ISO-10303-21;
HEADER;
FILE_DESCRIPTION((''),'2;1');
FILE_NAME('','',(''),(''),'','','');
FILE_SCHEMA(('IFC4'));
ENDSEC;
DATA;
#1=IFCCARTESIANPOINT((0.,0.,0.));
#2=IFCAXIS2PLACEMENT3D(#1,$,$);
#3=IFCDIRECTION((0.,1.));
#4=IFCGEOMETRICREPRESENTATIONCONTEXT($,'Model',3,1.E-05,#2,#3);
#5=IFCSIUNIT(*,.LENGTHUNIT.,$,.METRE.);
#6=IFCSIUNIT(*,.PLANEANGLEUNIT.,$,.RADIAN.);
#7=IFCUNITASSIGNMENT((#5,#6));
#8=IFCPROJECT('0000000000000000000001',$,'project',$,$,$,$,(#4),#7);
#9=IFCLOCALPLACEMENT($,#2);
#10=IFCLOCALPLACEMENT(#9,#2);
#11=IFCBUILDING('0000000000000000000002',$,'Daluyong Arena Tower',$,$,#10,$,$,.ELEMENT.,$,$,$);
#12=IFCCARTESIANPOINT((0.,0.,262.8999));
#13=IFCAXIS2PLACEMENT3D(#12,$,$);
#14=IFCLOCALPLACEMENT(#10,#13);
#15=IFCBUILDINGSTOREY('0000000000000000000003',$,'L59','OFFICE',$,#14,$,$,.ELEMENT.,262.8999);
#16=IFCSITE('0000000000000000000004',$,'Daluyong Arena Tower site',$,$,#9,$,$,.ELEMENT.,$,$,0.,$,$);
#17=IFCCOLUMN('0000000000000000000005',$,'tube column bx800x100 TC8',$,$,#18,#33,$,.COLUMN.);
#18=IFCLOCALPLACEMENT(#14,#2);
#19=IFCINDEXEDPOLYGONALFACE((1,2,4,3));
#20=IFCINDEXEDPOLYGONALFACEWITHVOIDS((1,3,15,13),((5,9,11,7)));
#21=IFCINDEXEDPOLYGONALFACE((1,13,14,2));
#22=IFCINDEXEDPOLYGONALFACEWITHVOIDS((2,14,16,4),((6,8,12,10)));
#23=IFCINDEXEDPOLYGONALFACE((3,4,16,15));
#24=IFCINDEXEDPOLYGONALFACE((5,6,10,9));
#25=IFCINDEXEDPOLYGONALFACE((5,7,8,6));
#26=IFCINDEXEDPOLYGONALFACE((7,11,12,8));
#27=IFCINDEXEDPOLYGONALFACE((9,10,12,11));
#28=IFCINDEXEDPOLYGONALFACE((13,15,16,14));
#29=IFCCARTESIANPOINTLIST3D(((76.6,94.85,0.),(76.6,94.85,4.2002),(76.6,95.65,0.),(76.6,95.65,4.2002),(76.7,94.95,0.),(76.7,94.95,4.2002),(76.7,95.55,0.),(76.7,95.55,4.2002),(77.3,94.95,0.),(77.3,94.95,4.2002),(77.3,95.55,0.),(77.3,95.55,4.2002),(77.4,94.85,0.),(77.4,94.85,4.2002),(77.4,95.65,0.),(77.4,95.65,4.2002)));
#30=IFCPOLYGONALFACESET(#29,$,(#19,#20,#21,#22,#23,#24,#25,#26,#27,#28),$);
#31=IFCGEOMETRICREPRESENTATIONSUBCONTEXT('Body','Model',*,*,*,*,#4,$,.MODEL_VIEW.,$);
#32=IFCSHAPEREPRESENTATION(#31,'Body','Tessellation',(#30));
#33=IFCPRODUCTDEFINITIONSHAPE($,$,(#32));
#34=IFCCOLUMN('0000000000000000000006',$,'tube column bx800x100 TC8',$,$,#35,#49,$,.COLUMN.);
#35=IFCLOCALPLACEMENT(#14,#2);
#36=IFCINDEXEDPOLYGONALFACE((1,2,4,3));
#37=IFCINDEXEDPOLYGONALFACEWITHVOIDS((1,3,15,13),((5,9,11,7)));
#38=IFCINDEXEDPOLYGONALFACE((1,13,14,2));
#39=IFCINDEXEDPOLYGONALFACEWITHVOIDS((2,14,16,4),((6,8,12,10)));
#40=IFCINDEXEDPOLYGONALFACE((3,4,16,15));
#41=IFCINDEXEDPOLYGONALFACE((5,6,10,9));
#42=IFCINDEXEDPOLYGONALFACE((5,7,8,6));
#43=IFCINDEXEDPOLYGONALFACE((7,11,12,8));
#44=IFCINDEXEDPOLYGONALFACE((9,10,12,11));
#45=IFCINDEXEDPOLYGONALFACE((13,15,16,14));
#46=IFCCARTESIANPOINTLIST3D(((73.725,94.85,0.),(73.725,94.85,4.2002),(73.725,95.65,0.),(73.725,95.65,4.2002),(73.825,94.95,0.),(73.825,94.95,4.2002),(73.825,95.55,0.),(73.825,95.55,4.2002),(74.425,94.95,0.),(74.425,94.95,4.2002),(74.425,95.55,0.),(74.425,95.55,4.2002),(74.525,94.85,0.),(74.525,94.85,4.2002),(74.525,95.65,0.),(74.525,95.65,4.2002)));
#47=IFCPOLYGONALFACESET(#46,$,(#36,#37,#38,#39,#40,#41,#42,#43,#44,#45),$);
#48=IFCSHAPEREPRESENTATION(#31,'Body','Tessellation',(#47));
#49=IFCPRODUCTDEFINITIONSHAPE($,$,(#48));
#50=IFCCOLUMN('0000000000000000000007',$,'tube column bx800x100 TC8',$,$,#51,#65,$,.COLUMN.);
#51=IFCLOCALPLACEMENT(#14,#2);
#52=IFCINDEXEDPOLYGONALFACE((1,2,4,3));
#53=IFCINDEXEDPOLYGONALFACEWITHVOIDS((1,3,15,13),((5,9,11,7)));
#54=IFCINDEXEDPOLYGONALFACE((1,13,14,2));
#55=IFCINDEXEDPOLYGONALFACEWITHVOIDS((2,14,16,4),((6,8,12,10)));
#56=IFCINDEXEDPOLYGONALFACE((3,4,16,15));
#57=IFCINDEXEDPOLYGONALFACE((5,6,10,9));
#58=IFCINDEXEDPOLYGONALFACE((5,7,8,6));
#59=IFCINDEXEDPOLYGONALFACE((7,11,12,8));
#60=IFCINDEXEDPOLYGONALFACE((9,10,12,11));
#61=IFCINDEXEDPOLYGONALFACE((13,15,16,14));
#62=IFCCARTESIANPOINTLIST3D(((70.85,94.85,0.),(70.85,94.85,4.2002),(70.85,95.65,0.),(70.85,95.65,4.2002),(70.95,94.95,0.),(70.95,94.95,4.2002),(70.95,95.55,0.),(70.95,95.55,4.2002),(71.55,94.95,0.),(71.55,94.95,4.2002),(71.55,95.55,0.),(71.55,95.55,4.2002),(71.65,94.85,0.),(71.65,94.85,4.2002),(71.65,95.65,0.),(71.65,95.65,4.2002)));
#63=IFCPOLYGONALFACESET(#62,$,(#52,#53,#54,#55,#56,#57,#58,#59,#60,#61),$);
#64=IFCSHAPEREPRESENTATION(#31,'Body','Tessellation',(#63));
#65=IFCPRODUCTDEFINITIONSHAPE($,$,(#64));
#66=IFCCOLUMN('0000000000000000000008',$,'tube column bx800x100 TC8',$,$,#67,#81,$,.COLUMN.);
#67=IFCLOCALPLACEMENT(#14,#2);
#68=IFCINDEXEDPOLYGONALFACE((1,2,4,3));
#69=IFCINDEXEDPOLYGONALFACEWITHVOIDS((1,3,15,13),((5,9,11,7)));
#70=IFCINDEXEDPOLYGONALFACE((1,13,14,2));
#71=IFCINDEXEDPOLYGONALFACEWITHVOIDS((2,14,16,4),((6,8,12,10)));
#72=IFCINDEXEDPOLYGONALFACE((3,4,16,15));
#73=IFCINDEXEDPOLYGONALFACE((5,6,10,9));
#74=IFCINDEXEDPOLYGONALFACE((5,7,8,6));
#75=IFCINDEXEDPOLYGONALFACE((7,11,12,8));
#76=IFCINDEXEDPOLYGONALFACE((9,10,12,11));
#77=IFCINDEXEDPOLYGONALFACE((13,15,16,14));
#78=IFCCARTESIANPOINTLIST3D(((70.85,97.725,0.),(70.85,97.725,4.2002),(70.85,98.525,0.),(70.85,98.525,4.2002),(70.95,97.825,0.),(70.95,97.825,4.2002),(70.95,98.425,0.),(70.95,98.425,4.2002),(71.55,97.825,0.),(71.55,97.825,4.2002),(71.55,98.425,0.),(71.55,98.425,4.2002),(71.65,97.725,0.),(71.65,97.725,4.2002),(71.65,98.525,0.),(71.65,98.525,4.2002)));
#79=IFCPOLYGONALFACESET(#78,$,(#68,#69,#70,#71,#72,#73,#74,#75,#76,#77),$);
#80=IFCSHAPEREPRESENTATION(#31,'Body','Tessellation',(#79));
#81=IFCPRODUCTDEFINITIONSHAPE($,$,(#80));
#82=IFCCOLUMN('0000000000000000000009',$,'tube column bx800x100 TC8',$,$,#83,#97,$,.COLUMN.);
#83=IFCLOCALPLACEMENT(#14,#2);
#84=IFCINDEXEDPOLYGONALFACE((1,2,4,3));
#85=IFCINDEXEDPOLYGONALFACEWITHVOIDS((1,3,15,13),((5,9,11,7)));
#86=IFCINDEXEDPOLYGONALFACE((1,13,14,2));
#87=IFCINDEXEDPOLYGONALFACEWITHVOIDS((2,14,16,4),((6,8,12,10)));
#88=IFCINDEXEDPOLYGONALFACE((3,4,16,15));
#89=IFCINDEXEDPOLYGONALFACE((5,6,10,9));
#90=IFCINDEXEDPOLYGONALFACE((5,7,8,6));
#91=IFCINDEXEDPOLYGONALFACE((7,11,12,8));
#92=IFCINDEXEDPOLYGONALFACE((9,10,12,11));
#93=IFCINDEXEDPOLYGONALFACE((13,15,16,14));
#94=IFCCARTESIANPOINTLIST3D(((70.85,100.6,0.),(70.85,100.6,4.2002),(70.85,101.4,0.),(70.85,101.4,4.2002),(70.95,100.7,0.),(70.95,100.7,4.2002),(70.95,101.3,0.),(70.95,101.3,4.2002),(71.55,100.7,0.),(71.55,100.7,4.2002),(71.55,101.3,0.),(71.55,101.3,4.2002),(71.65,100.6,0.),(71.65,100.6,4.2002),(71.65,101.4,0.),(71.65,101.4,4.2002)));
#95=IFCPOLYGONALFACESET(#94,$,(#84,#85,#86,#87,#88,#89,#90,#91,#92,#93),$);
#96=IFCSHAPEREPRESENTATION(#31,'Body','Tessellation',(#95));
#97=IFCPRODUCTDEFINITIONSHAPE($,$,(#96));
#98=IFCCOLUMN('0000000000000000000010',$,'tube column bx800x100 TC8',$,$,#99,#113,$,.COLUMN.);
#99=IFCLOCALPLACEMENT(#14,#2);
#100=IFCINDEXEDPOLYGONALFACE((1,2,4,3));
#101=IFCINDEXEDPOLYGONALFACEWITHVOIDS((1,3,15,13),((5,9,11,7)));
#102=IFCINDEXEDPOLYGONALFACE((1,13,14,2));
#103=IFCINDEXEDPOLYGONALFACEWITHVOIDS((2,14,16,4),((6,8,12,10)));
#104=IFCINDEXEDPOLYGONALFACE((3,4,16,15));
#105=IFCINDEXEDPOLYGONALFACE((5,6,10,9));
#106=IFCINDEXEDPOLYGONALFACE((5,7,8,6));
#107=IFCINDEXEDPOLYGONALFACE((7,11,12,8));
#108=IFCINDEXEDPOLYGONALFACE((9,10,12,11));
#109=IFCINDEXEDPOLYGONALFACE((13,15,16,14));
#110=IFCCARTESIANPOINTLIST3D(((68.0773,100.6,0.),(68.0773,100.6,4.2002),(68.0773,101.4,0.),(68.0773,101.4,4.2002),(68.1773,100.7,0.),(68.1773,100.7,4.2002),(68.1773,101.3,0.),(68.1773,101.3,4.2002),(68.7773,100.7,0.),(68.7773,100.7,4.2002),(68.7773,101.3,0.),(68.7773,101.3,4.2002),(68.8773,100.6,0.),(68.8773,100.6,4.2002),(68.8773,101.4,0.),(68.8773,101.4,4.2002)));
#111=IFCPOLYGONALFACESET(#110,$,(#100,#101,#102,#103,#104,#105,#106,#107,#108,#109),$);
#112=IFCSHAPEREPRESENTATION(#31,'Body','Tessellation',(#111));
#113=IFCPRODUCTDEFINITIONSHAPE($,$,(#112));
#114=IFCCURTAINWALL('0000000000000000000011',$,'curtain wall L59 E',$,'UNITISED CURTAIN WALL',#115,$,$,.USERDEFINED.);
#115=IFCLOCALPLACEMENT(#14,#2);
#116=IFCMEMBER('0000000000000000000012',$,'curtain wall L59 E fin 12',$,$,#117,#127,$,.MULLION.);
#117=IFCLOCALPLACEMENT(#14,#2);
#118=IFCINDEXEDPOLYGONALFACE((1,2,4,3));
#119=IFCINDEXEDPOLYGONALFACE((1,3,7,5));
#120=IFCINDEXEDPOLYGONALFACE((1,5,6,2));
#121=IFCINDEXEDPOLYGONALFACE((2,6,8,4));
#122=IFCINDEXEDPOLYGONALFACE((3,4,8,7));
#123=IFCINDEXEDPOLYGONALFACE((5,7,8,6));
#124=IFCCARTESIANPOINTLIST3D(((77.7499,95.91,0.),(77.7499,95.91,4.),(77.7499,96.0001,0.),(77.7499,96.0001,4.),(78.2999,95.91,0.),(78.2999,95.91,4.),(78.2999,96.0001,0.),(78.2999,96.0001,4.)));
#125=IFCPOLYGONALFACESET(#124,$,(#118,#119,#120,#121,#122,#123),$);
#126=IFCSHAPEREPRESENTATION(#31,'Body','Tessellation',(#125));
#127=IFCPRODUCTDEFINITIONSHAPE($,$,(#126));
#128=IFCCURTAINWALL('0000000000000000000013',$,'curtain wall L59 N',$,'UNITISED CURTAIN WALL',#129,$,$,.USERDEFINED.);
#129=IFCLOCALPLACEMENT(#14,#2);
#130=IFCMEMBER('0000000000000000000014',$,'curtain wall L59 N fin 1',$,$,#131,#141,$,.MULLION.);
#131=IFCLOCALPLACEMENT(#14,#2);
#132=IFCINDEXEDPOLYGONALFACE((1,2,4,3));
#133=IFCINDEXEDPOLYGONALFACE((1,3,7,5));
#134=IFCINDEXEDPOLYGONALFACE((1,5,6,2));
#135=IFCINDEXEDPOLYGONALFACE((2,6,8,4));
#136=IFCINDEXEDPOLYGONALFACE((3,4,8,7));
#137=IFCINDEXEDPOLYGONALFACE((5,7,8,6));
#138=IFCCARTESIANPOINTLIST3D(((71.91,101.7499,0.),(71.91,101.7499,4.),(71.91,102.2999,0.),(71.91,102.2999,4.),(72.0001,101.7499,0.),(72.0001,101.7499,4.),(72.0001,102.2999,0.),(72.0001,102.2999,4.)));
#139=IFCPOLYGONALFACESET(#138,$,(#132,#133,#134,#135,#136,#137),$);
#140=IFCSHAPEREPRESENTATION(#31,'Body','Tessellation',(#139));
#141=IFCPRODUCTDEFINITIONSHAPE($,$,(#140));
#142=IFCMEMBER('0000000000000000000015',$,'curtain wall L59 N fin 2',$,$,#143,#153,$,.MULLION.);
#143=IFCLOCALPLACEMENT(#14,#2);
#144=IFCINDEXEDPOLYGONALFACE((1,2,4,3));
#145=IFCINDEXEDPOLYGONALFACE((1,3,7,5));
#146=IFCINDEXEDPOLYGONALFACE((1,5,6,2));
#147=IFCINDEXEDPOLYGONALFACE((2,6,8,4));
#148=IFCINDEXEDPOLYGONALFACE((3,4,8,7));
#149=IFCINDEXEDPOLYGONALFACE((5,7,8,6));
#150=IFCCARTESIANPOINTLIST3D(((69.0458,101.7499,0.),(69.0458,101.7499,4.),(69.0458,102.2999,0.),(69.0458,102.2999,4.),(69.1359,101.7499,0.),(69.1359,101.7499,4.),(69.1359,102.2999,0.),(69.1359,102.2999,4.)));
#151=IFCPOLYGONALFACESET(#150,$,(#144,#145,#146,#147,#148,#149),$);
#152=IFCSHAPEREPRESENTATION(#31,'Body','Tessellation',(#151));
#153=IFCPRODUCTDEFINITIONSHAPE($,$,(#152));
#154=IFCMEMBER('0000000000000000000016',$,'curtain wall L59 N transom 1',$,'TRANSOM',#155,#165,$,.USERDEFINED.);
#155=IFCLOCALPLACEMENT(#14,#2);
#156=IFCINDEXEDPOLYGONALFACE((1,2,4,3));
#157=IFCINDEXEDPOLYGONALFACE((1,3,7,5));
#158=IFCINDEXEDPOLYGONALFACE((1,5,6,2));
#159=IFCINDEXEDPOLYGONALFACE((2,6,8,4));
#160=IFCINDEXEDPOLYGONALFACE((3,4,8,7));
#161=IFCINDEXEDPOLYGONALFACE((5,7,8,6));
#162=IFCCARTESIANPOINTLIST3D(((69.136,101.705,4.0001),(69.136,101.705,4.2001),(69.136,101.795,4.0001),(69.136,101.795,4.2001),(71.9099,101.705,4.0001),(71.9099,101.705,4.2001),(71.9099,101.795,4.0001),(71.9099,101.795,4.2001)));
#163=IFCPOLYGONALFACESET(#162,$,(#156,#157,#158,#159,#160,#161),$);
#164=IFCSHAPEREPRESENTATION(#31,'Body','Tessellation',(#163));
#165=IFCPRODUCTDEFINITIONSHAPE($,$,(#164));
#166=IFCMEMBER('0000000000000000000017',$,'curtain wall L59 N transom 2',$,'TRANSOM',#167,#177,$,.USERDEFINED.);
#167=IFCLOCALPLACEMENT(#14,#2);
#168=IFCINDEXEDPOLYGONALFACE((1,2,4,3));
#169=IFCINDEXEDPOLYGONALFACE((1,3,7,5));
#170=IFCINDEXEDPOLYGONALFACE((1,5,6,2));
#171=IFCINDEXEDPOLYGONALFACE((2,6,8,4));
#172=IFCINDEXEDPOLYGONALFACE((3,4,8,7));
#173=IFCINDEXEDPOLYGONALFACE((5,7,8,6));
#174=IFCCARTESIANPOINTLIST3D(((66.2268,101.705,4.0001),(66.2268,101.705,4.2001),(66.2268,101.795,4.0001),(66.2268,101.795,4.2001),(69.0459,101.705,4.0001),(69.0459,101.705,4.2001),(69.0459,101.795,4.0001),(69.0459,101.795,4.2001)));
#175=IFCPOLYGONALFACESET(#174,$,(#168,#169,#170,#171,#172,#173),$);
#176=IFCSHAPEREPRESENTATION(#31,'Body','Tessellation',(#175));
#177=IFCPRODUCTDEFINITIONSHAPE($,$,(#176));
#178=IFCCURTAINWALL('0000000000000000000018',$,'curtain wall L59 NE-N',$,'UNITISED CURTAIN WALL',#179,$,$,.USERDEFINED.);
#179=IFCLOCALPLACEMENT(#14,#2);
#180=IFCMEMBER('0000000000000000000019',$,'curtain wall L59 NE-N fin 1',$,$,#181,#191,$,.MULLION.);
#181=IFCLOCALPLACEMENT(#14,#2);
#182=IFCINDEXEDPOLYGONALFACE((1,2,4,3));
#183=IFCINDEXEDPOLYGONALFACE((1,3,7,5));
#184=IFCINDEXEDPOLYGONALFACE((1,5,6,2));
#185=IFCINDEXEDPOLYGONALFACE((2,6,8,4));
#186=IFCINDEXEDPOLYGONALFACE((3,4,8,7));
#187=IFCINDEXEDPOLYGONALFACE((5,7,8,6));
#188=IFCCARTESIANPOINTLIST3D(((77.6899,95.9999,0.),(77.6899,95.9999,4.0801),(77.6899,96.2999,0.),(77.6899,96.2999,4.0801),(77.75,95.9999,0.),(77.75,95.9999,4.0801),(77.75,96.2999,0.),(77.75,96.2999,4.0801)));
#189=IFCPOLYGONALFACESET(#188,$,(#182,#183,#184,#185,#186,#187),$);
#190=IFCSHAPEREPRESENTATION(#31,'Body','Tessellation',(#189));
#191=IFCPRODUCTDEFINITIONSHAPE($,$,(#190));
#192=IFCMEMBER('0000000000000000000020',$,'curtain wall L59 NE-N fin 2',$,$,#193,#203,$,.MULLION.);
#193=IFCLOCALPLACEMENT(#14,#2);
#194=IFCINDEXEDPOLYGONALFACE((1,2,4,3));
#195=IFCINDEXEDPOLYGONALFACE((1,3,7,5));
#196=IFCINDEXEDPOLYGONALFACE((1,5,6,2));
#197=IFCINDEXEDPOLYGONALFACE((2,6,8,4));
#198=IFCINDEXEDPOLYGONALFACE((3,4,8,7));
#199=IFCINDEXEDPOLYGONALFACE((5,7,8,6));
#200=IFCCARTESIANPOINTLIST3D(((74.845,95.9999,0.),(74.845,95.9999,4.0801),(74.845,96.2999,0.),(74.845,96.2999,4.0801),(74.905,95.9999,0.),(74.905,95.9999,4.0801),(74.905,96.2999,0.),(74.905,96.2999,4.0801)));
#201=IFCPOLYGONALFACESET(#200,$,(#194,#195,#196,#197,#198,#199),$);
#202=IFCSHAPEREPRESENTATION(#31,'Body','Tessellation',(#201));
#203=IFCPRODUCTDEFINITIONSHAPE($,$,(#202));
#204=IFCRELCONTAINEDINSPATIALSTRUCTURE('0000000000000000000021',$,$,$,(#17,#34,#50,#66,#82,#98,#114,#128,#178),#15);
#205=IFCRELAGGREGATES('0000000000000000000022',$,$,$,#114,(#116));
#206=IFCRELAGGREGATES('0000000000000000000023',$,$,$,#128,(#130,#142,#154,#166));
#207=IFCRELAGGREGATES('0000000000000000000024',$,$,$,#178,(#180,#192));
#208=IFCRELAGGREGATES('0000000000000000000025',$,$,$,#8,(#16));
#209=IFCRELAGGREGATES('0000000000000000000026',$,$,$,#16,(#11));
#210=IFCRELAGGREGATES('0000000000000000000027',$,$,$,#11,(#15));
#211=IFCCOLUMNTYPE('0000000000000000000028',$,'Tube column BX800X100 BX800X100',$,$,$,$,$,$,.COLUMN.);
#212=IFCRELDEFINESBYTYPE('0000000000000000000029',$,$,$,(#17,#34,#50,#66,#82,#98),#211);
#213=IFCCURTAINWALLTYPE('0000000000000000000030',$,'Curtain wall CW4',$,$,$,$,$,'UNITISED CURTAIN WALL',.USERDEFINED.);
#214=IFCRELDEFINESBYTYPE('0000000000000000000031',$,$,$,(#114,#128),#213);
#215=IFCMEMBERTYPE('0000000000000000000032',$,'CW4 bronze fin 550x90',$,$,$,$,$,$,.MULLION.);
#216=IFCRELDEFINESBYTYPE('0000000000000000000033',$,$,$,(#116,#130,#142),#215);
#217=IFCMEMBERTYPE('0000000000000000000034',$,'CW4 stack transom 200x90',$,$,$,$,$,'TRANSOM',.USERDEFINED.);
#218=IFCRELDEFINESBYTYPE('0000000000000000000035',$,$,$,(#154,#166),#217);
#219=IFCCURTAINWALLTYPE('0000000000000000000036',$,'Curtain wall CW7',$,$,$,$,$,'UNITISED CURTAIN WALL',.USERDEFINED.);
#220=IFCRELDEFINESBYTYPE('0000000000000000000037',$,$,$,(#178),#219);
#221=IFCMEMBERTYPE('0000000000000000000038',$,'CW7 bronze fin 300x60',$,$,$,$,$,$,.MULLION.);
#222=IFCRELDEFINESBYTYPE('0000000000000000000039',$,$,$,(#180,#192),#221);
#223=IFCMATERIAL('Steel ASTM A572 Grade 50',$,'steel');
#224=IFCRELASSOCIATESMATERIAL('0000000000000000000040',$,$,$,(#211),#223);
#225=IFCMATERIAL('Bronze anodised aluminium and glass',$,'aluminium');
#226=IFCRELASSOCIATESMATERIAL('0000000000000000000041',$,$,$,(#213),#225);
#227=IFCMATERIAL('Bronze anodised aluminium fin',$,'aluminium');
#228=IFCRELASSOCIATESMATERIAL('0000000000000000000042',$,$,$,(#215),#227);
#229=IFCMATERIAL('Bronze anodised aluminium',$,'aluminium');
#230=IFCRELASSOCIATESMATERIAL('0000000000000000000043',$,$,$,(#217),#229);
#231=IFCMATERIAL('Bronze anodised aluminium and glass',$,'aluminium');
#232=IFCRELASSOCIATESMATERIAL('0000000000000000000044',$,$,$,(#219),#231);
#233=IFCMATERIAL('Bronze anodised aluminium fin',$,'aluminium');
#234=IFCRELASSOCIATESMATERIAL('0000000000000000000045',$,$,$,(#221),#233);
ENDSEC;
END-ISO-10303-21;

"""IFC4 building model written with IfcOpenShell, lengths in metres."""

from ifc_helpers import new_model, si_unit, direction, frame, origin, origin_2d, place, context, subcontext, project, spatial, rectangle, hollow_rectangle, extrude, material, material_profile, profile_set, type_object, element, aggregate, save


model = new_model("IFC4")

# Units and contexts
model_context = context("Model", 3, precision=1e-05, world=origin(), true_north=direction((0.0, 1.0)))
body_context = subcontext(model_context, "Body", "Model", "MODEL_VIEW")
ifc_project = project(units=[si_unit("LENGTHUNIT", "METRE"), si_unit("PLANEANGLEUNIT", "RADIAN")], contexts=[model_context])

# Site, building, storey
site_placement = place(None, origin())
site = spatial("IfcSite", under=ifc_project, at=site_placement, Name="Daluyong Arena Tower site", CompositionType="ELEMENT", RefElevation=0.0)
building_placement = place(site_placement, origin())
building = spatial("IfcBuilding", under=site, at=building_placement, Name="Daluyong Arena Tower", CompositionType="ELEMENT")
storey_placement = place(building_placement, frame((0.0, 0.0, 262.8999)))
storey = spatial("IfcBuildingStorey", under=building, at=storey_placement, Name="L59", Description="OFFICE", CompositionType="ELEMENT", Elevation=262.8999)

# Columns
ifc_material_1 = material(Name="Steel ASTM A572 Grade 50", Category="steel")
ifc_material_profile_1 = material_profile(ifc_material_1, hollow_rectangle(XDim=0.8, YDim=0.8, WallThickness=0.1, at=origin_2d()))
ifc_profile_set_1 = profile_set([ifc_material_profile_1], Name="Steel ASTM A572 Grade 50")
column_type = type_object("IfcColumnType", Name="Tube column BX800X100 BX800X100", PredefinedType="COLUMN", material=ifc_profile_set_1)
for number, where, z_axis, x_axis, name in (
    (1, (77.0, 95.25, 0.0), (0.0, 0.0, 1.0), (1.0, 0.0, 0.0), "tube column bx800x100 TC8"),
    (2, (74.125, 95.25, 0.0), (0.0, 0.0, 1.0), (1.0, 0.0, 0.0), "tube column bx800x100 TC8"),
    (3, (71.25, 95.25, 0.0), (0.0, 0.0, 1.0), (0.0, 1.0, 0.0), "tube column bx800x100 TC8"),
    (4, (71.25, 98.125, 0.0), (0.0, 0.0, 1.0), (0.0, 1.0, 0.0), "tube column bx800x100 TC8"),
    (5, (71.25, 101.0, 0.0), (0.0, 0.0, 1.0), (1.0, 0.0, 0.0), "tube column bx800x100 TC8"),
    (6, (68.4773, 101.0, 0.0), (0.0, 0.0, 1.0), (1.0, 0.0, 0.0), "tube column bx800x100 TC8"),
):
    element("IfcColumn", number, at=place(storey_placement, frame(where, z_axis=z_axis, x_axis=x_axis)), inside=storey, type_object=column_type, Name=name, PredefinedType="COLUMN", context=body_context, shape_type="SweptSolid", body=[
        extrude(hollow_rectangle(XDim=0.8, YDim=0.8, WallThickness=0.1, at=origin_2d()), origin(), (0.0, 0.0, 1.0), 4.2002),
    ])

# Curtain wall, member
ifc_material_2 = material(Name="Bronze anodised aluminium and glass", Category="aluminium")
curtain_wall_type_1 = type_object("IfcCurtainWallType", Name="Curtain wall CW4", ElementType="UNITISED CURTAIN WALL", PredefinedType="USERDEFINED", material=ifc_material_2)
curtain_wall_1_placement = place(storey_placement, origin())
curtain_wall_1 = element("IfcCurtainWall", 7, at=curtain_wall_1_placement, inside=storey, type_object=curtain_wall_type_1, Name="curtain wall L59 E", ObjectType="UNITISED CURTAIN WALL", PredefinedType="USERDEFINED")
ifc_material_3 = material(Name="Bronze anodised aluminium fin", Category="aluminium")
ifc_material_profile_2 = material_profile(ifc_material_3, rectangle(XDim=0.55, YDim=0.0901, at=origin_2d()))
ifc_profile_set_2 = profile_set([ifc_material_profile_2], Name="Bronze anodised aluminium fin")
member_type_1 = type_object("IfcMemberType", Name="CW4 bronze fin 550x90", PredefinedType="MULLION", material=ifc_profile_set_2)
member_1_placement = place(storey_placement, frame((78.0249, 95.9551, 0.0), z_axis=(0.0, 0.0, 1.0), x_axis=(-1.0, 0.0, 0.0)))
member_1 = element("IfcMember", 8, at=member_1_placement, type_object=member_type_1, Name="curtain wall L59 E fin 12", PredefinedType="MULLION", context=body_context, shape_type="SweptSolid", body=[
    extrude(rectangle(XDim=0.55, YDim=0.0901, at=origin_2d()), origin(), (0.0, 0.0, 1.0), 4.0),
])
aggregate(curtain_wall_1, [member_1])

# Curtain walls, members
curtain_wall_2_placement = place(storey_placement, origin())
curtain_wall_2 = element("IfcCurtainWall", 9, at=curtain_wall_2_placement, inside=storey, type_object=curtain_wall_type_1, Name="curtain wall L59 N", ObjectType="UNITISED CURTAIN WALL", PredefinedType="USERDEFINED")
member_2_placement = place(storey_placement, frame((71.9551, 102.0249, 0.0), z_axis=(0.0, 0.0, 1.0), x_axis=(0.0, -1.0, 0.0)))
member_2 = element("IfcMember", 10, at=member_2_placement, type_object=member_type_1, Name="curtain wall L59 N fin 1", PredefinedType="MULLION", context=body_context, shape_type="SweptSolid", body=[
    extrude(rectangle(XDim=0.55, YDim=0.0901, at=origin_2d()), origin(), (0.0, 0.0, 1.0), 4.0),
])
member_3_placement = place(storey_placement, frame((69.0908, 102.0249, 0.0), z_axis=(0.0, 0.0, 1.0), x_axis=(0.0, -1.0, 0.0)))
member_3 = element("IfcMember", 11, at=member_3_placement, type_object=member_type_1, Name="curtain wall L59 N fin 2", PredefinedType="MULLION", context=body_context, shape_type="SweptSolid", body=[
    extrude(rectangle(XDim=0.55, YDim=0.0901, at=origin_2d()), origin(), (0.0, 0.0, 1.0), 4.0),
])
ifc_material_4 = material(Name="Bronze anodised aluminium", Category="aluminium")
ifc_material_profile_3 = material_profile(ifc_material_4, rectangle(XDim=0.0901, YDim=0.2, at=origin_2d()))
ifc_profile_set_3 = profile_set([ifc_material_profile_3], Name="Bronze anodised aluminium")
member_type_2 = type_object("IfcMemberType", Name="CW4 stack transom 200x90", ElementType="TRANSOM", PredefinedType="USERDEFINED", material=ifc_profile_set_3)
member_4_placement = place(storey_placement, frame((71.9099, 101.75, 4.1001), z_axis=(-1.0, 0.0, 0.0), x_axis=(0.0, -1.0, 0.0)))
member_4 = element("IfcMember", 12, at=member_4_placement, type_object=member_type_2, Name="curtain wall L59 N transom 1", ObjectType="TRANSOM", PredefinedType="USERDEFINED", context=body_context, shape_type="SweptSolid", body=[
    extrude(rectangle(XDim=0.0901, YDim=0.2, at=origin_2d()), origin(), (0.0, 0.0, 1.0), 2.7739),
])
member_5_placement = place(storey_placement, frame((69.0459, 101.75, 4.1001), z_axis=(-1.0, 0.0, 0.0), x_axis=(0.0, -1.0, 0.0)))
member_5 = element("IfcMember", 13, at=member_5_placement, type_object=member_type_2, Name="curtain wall L59 N transom 2", ObjectType="TRANSOM", PredefinedType="USERDEFINED", context=body_context, shape_type="SweptSolid", body=[
    extrude(rectangle(XDim=0.0901, YDim=0.2, at=origin_2d()), origin(), (0.0, 0.0, 1.0), 2.8191),
])
ifc_material_5 = material(Name="Bronze anodised aluminium and glass", Category="aluminium")
curtain_wall_type_2 = type_object("IfcCurtainWallType", Name="Curtain wall CW7", ElementType="UNITISED CURTAIN WALL", PredefinedType="USERDEFINED", material=ifc_material_5)
curtain_wall_3_placement = place(storey_placement, origin())
curtain_wall_3 = element("IfcCurtainWall", 14, at=curtain_wall_3_placement, inside=storey, type_object=curtain_wall_type_2, Name="curtain wall L59 NE-N", ObjectType="UNITISED CURTAIN WALL", PredefinedType="USERDEFINED")
ifc_material_6 = material(Name="Bronze anodised aluminium fin", Category="aluminium")
ifc_material_profile_4 = material_profile(ifc_material_6, rectangle(XDim=0.3, YDim=0.0601, at=origin_2d()))
ifc_profile_set_4 = profile_set([ifc_material_profile_4], Name="Bronze anodised aluminium fin")
member_type_3 = type_object("IfcMemberType", Name="CW7 bronze fin 300x60", PredefinedType="MULLION", material=ifc_profile_set_4)
member_6_placement = place(storey_placement, frame((77.72, 96.1499, 0.0), z_axis=(0.0, 0.0, 1.0), x_axis=(0.0, -1.0, 0.0)))
member_6 = element("IfcMember", 15, at=member_6_placement, type_object=member_type_3, Name="curtain wall L59 NE-N fin 1", PredefinedType="MULLION", context=body_context, shape_type="SweptSolid", body=[
    extrude(rectangle(XDim=0.3, YDim=0.0601, at=origin_2d()), origin(), (0.0, 0.0, 1.0), 4.0801),
])
member_7_placement = place(storey_placement, frame((74.875, 96.1499, 0.0), z_axis=(0.0, 0.0, 1.0), x_axis=(0.0, -1.0, 0.0)))
member_7 = element("IfcMember", 16, at=member_7_placement, type_object=member_type_3, Name="curtain wall L59 NE-N fin 2", PredefinedType="MULLION", context=body_context, shape_type="SweptSolid", body=[
    extrude(rectangle(XDim=0.3, YDim=0.0601, at=origin_2d()), origin(), (0.0, 0.0, 1.0), 4.0801),
])

aggregate(curtain_wall_2, [member_2, member_3, member_4, member_5])
aggregate(curtain_wall_3, [member_6, member_7])

save(model, "model.ifc")
